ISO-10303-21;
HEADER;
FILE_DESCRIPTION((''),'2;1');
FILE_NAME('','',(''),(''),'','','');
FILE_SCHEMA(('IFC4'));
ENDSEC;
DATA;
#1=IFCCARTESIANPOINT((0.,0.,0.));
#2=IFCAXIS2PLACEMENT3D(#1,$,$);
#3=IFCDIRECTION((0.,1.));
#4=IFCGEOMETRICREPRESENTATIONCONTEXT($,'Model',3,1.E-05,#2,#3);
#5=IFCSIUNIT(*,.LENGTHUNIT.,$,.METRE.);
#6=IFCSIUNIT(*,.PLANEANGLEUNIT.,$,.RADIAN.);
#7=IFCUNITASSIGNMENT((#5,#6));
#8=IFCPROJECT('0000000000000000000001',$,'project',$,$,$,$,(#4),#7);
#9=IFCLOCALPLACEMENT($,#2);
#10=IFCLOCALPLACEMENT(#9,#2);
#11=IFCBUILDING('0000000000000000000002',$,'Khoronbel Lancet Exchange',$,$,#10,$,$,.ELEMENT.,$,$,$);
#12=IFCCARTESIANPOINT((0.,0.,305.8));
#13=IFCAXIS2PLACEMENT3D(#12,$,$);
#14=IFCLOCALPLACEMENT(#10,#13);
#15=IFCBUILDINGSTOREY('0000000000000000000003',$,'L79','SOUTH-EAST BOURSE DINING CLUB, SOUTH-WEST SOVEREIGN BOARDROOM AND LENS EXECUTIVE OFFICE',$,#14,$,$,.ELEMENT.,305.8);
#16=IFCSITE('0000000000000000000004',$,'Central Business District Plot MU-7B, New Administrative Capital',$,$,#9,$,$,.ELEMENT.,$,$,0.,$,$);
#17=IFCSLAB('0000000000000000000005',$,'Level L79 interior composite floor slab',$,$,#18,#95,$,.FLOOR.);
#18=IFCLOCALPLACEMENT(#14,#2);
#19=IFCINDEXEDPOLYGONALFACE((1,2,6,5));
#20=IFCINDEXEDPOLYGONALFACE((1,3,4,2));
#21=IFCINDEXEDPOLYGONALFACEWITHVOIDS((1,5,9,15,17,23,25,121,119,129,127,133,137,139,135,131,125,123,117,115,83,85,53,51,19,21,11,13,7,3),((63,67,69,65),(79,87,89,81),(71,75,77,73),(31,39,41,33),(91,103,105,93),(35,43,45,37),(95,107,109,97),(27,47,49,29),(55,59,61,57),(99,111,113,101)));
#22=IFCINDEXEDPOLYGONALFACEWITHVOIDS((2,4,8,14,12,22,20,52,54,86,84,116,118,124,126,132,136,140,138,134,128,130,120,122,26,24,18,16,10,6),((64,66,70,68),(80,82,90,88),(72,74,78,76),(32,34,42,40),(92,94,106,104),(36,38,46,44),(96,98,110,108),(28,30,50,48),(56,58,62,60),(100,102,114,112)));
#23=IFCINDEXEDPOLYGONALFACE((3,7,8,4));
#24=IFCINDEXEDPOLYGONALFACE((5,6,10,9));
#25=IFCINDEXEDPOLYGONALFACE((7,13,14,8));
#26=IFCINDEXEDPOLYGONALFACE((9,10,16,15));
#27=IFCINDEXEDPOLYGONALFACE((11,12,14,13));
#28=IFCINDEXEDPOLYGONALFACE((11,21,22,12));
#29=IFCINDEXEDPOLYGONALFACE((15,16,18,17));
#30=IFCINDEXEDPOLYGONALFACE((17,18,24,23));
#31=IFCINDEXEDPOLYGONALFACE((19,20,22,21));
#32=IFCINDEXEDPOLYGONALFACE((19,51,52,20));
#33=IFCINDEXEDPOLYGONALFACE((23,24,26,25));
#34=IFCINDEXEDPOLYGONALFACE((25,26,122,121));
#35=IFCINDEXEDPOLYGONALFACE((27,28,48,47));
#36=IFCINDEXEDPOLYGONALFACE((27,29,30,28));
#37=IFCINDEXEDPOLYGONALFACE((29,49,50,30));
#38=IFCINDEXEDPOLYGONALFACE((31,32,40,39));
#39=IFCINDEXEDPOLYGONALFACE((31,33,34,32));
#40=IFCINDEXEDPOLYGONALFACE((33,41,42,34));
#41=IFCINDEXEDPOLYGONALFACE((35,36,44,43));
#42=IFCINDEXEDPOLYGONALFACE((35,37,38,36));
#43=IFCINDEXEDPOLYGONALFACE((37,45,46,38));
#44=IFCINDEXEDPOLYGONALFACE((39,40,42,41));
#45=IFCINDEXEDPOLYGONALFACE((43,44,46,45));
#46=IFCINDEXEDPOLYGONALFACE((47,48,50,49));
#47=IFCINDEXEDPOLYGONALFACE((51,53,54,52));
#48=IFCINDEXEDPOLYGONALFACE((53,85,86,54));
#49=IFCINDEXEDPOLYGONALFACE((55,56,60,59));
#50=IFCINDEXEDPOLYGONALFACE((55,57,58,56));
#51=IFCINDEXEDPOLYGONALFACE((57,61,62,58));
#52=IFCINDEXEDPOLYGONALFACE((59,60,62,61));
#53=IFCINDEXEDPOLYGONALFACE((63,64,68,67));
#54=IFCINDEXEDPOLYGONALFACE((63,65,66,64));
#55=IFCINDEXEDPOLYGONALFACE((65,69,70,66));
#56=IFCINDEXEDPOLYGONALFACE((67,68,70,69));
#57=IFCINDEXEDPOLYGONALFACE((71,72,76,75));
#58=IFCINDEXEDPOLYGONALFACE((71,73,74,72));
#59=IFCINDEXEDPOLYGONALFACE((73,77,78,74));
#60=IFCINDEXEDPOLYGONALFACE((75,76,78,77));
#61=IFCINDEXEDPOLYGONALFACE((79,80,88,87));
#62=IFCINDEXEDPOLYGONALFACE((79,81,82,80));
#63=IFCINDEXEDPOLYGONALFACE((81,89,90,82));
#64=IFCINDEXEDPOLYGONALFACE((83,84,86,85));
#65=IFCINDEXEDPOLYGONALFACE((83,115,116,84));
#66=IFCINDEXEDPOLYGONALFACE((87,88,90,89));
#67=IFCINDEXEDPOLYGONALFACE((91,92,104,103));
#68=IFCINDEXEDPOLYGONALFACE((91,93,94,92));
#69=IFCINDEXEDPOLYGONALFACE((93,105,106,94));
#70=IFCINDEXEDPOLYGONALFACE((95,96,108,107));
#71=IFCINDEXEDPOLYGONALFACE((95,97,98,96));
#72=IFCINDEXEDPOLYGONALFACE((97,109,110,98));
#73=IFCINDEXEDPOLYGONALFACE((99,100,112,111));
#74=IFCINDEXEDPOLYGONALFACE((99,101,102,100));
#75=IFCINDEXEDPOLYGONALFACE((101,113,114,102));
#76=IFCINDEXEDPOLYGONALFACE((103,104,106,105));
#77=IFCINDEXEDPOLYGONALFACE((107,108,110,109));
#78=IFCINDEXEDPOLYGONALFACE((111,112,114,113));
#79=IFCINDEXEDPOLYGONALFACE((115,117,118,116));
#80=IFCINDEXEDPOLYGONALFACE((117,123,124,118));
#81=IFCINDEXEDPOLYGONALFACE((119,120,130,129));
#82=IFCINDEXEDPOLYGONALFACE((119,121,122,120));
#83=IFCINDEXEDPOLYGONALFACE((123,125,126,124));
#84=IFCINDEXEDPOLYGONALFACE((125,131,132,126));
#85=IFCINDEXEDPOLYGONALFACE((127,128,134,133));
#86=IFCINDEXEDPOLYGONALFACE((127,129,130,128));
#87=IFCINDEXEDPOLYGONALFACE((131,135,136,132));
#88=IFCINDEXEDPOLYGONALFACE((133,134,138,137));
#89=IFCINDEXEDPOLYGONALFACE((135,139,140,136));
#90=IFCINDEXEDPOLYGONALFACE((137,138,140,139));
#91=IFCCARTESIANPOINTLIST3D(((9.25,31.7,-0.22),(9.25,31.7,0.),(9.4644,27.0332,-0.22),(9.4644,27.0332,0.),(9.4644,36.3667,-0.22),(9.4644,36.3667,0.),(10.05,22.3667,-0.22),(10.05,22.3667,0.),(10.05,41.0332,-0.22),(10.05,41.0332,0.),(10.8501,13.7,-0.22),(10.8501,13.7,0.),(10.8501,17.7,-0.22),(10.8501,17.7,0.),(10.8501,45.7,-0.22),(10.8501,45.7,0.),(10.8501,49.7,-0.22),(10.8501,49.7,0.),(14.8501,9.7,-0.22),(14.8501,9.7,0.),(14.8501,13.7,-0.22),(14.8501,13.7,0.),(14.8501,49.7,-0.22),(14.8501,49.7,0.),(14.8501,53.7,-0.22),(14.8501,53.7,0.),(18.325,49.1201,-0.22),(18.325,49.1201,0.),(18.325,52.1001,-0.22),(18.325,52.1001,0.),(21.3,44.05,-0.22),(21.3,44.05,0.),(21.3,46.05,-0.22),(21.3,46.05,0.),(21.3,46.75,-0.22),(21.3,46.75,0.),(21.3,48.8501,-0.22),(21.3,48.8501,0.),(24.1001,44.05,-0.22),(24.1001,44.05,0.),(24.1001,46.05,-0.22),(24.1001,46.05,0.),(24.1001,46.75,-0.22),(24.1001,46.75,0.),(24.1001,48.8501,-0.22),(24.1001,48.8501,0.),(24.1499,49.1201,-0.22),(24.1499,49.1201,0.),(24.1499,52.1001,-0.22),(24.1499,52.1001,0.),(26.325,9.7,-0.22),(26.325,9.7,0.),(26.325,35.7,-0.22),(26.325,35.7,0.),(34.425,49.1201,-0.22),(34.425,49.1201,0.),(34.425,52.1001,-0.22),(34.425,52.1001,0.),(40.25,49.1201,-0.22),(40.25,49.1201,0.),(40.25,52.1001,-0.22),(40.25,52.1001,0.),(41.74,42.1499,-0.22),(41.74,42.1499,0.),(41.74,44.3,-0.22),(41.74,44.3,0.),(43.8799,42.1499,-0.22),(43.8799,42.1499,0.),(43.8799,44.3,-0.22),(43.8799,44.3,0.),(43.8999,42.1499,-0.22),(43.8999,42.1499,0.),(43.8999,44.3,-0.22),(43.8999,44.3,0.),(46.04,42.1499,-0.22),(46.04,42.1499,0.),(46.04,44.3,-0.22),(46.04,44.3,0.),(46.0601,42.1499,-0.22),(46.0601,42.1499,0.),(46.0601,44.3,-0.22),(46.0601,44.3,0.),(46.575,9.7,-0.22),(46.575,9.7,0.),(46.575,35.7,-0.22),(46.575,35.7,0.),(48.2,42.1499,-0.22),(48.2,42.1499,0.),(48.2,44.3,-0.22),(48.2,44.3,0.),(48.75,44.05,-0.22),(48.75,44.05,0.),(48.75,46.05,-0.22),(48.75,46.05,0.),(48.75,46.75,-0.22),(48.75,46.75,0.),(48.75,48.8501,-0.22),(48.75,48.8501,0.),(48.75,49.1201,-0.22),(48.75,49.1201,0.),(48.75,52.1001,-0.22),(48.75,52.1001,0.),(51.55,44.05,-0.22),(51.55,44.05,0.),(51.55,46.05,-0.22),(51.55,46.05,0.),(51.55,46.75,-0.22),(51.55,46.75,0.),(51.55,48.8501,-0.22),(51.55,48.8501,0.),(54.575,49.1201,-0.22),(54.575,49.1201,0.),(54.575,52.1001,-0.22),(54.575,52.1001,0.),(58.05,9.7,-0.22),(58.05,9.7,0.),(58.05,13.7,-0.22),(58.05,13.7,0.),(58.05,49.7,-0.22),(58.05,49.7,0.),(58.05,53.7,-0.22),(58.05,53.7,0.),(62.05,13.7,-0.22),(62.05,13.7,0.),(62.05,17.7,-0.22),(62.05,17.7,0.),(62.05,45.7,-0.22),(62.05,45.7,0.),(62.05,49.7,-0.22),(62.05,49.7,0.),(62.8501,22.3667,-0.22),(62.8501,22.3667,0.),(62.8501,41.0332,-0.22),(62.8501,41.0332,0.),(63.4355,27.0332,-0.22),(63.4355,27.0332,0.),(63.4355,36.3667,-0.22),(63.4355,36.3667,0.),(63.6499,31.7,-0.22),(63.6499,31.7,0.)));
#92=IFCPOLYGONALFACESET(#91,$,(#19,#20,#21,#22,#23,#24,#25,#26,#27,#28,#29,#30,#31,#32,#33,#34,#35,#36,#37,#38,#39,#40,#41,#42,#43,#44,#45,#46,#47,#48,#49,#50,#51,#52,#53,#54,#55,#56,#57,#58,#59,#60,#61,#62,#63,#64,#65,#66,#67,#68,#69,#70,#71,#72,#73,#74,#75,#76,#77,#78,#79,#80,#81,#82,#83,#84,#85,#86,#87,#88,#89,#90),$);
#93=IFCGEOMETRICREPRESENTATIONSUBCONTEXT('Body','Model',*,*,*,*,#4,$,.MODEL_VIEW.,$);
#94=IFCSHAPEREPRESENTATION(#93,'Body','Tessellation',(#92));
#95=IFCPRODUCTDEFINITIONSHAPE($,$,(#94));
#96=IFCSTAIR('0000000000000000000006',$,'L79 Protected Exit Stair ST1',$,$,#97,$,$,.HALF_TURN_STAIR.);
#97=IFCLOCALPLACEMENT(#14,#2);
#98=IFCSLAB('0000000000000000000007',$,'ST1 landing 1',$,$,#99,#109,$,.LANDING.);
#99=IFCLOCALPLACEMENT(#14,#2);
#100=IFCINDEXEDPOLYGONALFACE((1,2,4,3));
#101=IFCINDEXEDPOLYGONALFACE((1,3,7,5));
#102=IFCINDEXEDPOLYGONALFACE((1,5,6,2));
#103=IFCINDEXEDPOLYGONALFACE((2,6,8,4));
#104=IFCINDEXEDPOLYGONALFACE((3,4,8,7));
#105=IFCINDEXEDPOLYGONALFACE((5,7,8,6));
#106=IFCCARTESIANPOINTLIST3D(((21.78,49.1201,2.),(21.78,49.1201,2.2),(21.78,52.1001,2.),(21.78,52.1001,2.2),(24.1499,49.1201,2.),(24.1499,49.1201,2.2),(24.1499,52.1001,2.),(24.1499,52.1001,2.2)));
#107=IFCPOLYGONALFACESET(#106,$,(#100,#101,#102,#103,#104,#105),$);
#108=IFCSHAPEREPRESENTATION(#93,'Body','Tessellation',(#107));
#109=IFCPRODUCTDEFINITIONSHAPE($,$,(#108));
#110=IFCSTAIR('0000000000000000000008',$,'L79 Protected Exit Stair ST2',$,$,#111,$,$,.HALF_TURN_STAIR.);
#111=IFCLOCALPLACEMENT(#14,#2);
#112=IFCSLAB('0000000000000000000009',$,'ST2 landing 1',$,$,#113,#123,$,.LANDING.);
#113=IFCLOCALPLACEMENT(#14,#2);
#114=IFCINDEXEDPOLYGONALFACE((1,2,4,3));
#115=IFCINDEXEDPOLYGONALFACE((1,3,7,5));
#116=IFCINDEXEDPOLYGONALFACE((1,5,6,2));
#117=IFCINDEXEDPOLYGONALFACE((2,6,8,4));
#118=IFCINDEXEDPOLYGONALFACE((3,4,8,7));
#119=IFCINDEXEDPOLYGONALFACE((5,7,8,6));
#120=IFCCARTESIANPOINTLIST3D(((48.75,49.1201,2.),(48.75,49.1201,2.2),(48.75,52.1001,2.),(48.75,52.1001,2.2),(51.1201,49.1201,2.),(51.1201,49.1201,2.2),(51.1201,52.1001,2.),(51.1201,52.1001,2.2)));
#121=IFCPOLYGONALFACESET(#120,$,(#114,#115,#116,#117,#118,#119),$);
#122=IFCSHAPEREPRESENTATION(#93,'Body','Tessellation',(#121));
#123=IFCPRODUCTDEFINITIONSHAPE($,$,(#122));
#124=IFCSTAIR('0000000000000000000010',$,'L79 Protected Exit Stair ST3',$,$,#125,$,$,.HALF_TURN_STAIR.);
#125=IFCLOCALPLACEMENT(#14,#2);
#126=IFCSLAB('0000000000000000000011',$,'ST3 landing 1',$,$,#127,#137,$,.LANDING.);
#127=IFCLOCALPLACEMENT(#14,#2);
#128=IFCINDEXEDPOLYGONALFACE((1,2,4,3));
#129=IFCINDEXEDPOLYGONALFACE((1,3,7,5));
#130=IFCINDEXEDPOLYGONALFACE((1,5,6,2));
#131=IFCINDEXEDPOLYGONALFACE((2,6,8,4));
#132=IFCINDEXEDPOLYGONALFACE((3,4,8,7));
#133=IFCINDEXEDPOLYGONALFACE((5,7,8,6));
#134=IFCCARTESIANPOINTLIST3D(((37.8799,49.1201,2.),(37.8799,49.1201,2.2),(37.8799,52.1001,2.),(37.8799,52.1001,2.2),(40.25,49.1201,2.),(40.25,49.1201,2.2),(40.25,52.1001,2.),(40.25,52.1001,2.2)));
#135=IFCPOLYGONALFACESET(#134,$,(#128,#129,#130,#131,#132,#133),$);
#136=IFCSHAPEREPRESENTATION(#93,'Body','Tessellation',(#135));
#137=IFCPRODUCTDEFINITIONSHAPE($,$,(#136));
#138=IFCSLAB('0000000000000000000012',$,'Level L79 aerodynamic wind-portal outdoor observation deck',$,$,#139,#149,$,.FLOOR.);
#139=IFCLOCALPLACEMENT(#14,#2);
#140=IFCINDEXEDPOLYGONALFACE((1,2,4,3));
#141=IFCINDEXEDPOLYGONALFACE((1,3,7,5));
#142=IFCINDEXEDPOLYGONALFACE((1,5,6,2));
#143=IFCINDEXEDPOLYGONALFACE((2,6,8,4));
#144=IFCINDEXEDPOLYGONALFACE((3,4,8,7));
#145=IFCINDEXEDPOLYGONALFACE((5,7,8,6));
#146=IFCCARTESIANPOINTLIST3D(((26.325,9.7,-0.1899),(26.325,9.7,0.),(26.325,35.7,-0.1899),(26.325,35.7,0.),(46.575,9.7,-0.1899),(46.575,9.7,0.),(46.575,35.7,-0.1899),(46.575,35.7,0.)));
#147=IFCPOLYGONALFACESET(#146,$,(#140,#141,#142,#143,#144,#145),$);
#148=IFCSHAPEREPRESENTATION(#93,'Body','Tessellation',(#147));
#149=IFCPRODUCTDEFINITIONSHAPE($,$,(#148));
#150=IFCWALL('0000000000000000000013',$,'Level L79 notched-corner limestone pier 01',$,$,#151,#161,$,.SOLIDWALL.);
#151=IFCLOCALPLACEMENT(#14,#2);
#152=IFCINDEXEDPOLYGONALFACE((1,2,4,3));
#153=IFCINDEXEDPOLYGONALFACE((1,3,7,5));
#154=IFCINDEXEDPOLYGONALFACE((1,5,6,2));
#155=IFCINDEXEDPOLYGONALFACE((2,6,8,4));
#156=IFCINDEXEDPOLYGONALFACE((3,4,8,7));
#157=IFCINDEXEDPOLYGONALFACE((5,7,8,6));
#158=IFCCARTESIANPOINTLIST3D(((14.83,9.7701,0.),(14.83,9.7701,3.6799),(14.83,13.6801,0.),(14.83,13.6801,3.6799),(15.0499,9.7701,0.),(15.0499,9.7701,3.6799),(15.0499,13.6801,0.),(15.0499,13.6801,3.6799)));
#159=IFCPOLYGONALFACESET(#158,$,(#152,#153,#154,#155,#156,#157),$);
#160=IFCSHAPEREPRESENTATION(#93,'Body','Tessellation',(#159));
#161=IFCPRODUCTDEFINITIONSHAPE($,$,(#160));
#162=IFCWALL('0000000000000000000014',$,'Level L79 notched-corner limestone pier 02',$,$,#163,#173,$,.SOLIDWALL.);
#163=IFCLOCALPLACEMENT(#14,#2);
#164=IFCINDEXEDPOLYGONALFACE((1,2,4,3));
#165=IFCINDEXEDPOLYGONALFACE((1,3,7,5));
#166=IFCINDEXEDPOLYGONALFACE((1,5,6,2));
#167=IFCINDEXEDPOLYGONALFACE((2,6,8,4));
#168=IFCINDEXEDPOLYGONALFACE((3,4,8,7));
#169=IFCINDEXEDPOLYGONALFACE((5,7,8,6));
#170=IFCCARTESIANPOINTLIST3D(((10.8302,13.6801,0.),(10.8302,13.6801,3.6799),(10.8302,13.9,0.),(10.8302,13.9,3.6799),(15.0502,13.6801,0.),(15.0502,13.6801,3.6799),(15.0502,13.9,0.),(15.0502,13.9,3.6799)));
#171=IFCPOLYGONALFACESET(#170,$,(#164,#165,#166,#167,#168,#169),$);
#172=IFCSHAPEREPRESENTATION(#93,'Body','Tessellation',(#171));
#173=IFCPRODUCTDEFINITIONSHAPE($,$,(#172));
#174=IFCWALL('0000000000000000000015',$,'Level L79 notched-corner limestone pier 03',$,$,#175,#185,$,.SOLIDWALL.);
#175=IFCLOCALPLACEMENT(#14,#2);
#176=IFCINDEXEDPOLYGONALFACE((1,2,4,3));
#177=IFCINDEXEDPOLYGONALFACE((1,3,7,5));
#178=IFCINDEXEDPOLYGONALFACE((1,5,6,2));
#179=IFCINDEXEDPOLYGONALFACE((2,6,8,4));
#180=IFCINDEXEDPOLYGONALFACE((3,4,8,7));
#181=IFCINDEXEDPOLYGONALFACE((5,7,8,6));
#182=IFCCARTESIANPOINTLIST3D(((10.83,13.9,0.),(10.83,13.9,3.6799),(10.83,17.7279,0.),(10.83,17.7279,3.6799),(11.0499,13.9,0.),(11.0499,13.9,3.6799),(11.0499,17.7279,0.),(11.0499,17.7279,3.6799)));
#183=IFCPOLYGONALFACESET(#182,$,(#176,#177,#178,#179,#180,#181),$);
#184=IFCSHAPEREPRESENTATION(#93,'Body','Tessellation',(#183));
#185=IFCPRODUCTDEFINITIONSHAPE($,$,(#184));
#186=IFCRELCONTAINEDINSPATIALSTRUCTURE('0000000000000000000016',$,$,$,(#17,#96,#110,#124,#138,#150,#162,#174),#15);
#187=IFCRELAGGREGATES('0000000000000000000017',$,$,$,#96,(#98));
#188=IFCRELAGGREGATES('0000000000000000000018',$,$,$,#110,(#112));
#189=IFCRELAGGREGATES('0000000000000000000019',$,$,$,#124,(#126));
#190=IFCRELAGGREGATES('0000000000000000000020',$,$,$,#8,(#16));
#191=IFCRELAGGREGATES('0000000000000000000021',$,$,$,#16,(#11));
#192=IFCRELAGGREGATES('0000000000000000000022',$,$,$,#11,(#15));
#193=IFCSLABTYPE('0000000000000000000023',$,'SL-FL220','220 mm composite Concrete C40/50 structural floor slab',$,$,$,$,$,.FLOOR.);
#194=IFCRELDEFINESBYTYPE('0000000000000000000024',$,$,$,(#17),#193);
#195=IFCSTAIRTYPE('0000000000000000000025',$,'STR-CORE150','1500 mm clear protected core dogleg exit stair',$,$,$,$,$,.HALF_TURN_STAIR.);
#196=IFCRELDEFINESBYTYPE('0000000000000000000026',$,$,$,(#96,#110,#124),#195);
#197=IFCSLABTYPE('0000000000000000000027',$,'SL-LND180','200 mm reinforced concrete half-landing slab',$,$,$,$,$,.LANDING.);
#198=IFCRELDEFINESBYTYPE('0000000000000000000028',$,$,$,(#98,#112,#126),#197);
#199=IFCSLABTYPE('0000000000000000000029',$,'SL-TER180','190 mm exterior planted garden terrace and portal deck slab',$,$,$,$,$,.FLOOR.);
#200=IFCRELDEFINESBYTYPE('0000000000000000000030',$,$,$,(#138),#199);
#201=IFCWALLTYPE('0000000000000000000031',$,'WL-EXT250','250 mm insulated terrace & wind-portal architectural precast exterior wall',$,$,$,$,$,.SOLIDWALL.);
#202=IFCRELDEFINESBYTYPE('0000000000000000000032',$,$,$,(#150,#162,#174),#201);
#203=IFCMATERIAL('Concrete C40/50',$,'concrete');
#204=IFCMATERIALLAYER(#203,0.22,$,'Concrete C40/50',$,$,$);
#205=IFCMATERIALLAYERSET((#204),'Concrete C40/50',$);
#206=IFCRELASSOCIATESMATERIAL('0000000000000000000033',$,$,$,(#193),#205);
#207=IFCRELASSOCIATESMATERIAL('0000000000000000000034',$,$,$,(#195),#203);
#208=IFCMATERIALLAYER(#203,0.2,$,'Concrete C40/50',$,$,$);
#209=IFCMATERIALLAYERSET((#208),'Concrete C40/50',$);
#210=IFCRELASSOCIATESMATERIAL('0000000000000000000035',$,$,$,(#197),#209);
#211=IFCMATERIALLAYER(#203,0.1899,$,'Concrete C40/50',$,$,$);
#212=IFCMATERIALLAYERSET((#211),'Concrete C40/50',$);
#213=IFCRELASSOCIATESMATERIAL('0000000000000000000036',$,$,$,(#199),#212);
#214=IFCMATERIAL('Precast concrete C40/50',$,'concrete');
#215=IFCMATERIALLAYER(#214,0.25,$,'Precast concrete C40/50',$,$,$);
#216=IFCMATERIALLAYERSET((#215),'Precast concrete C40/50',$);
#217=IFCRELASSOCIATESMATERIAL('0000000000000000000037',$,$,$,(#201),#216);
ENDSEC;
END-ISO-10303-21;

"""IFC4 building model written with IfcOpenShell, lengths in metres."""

from ifc_helpers import new_model, si_unit, direction, frame, frame_2d, origin, place, context, subcontext, project, spatial, polyline, rectangle, outline, extrude, material, layer, layer_set, type_object, element, aggregate, save


model = new_model("IFC4")

# Units and contexts
model_context = context("Model", 3, precision=1e-05, world=origin(), true_north=direction((0.0, 1.0)))
body_context = subcontext(model_context, "Body", "Model", "MODEL_VIEW")
ifc_project = project(units=[si_unit("LENGTHUNIT", "METRE"), si_unit("PLANEANGLEUNIT", "RADIAN")], contexts=[model_context])

# Site, building, storey
site_placement = place(None, origin())
site = spatial("IfcSite", under=ifc_project, at=site_placement, Name="Central Business District Plot MU-7B, New Administrative Capital", CompositionType="ELEMENT", RefElevation=0.0)
building_placement = place(site_placement, origin())
building = spatial("IfcBuilding", under=site, at=building_placement, Name="Khoronbel Lancet Exchange", CompositionType="ELEMENT")
storey_placement = place(building_placement, frame((0.0, 0.0, 305.8)))
storey = spatial("IfcBuildingStorey", under=building, at=storey_placement, Name="L79", Description="SOUTH-EAST BOURSE DINING CLUB, SOUTH-WEST SOVEREIGN BOARDROOM AND LENS EXECUTIVE OFFICE", CompositionType="ELEMENT", Elevation=305.8)

# Slab
ifc_material_1 = material(Name="Concrete C40/50", Category="concrete")
ifc_layer_1 = layer(ifc_material_1, 0.22, Name="Concrete C40/50")
ifc_layer_set_1 = layer_set([ifc_layer_1], Name="Concrete C40/50")
slab_type_1 = type_object("IfcSlabType", Name="SL-FL220", Description="220 mm composite Concrete C40/50 structural floor slab", PredefinedType="FLOOR", material=ifc_layer_set_1)
slab_1_placement = place(storey_placement, frame((0.0, 0.0, -0.22)))
element("IfcSlab", 1, at=slab_1_placement, inside=storey, type_object=slab_type_1, Name="Level L79 interior composite floor slab", PredefinedType="FLOOR", context=body_context, shape_type="SweptSolid", body=[
    extrude(outline(polyline([(14.8501, 9.7), (14.8501, 13.7), (10.8501, 13.7), (10.8501, 17.7), (10.05, 22.3667), (9.4644, 27.0332), (9.25, 31.7), (9.4644, 36.3667), (10.05, 41.0332), (10.8501, 45.7), (10.8501, 49.7), (14.8501, 49.7), (14.8501, 53.7), (58.05, 53.7), (58.05, 49.7), (62.05, 49.7), (62.05, 45.7), (62.8501, 41.0332), (63.4355, 36.3667), (63.6499, 31.7), (63.4355, 27.0332), (62.8501, 22.3667), (62.05, 17.7), (62.05, 13.7), (58.05, 13.7), (58.05, 9.7), (46.575, 9.7), (46.575, 35.7), (26.325, 35.7), (26.325, 9.7), (14.8501, 9.7)]), holes=[polyline([(18.325, 49.1201), (24.1499, 49.1201), (24.1499, 52.1001), (18.325, 52.1001), (18.325, 49.1201)]), polyline([(48.75, 49.1201), (54.575, 49.1201), (54.575, 52.1001), (48.75, 52.1001), (48.75, 49.1201)]), polyline([(34.425, 49.1201), (40.25, 49.1201), (40.25, 52.1001), (34.425, 52.1001), (34.425, 49.1201)]), polyline([(41.74, 42.1499), (43.8799, 42.1499), (43.8799, 44.3), (41.74, 44.3), (41.74, 42.1499)]), polyline([(43.8999, 42.1499), (46.04, 42.1499), (46.04, 44.3), (43.8999, 44.3), (43.8999, 42.1499)]), polyline([(46.0601, 42.1499), (48.2, 42.1499), (48.2, 44.3), (46.0601, 44.3), (46.0601, 42.1499)]), polyline([(21.3, 46.75), (24.1001, 46.75), (24.1001, 48.8501), (21.3, 48.8501), (21.3, 46.75)]), polyline([(48.75, 46.75), (51.55, 46.75), (51.55, 48.8501), (48.75, 48.8501), (48.75, 46.75)]), polyline([(21.3, 44.05), (24.1001, 44.05), (24.1001, 46.05), (21.3, 46.05), (21.3, 44.05)]), polyline([(48.75, 44.05), (51.55, 44.05), (51.55, 46.05), (48.75, 46.05), (48.75, 44.05)])]), origin(), (0.0, 0.0, 1.0), 0.22),
])

# Stairs, slabs
stair_type = type_object("IfcStairType", Name="STR-CORE150", Description="1500 mm clear protected core dogleg exit stair", PredefinedType="HALF_TURN_STAIR", material=ifc_material_1)
stair_1_placement = place(storey_placement, origin())
stair_1 = element("IfcStair", 2, at=stair_1_placement, inside=storey, type_object=stair_type, Name="L79 Protected Exit Stair ST1", PredefinedType="HALF_TURN_STAIR")
ifc_layer_2 = layer(ifc_material_1, 0.2, Name="Concrete C40/50")
ifc_layer_set_2 = layer_set([ifc_layer_2], Name="Concrete C40/50")
slab_type_2 = type_object("IfcSlabType", Name="SL-LND180", Description="200 mm reinforced concrete half-landing slab", PredefinedType="LANDING", material=ifc_layer_set_2)
slab_2_placement = place(storey_placement, frame((0.0, 0.0, 2.0)))
slab_2 = element("IfcSlab", 3, at=slab_2_placement, type_object=slab_type_2, Name="ST1 landing 1", PredefinedType="LANDING", context=body_context, shape_type="SweptSolid", body=[
    extrude(outline(polyline([(21.78, 49.1201), (24.1499, 49.1201), (24.1499, 52.1001), (21.78, 52.1001), (21.78, 49.1201)])), origin(), (0.0, 0.0, 1.0), 0.2),
])
aggregate(stair_1, [slab_2])
stair_2_placement = place(storey_placement, origin())
stair_2 = element("IfcStair", 4, at=stair_2_placement, inside=storey, type_object=stair_type, Name="L79 Protected Exit Stair ST2", PredefinedType="HALF_TURN_STAIR")
slab_3_placement = place(storey_placement, frame((0.0, 0.0, 2.0)))
slab_3 = element("IfcSlab", 5, at=slab_3_placement, type_object=slab_type_2, Name="ST2 landing 1", PredefinedType="LANDING", context=body_context, shape_type="SweptSolid", body=[
    extrude(outline(polyline([(51.1201, 52.1001), (48.75, 52.1001), (48.75, 49.1201), (51.1201, 49.1201), (51.1201, 52.1001)])), origin(), (0.0, 0.0, 1.0), 0.2),
])
aggregate(stair_2, [slab_3])
stair_3_placement = place(storey_placement, origin())
stair_3 = element("IfcStair", 6, at=stair_3_placement, inside=storey, type_object=stair_type, Name="L79 Protected Exit Stair ST3", PredefinedType="HALF_TURN_STAIR")
slab_4_placement = place(storey_placement, frame((0.0, 0.0, 2.0)))
slab_4 = element("IfcSlab", 7, at=slab_4_placement, type_object=slab_type_2, Name="ST3 landing 1", PredefinedType="LANDING", context=body_context, shape_type="SweptSolid", body=[
    extrude(outline(polyline([(37.8799, 49.1201), (40.25, 49.1201), (40.25, 52.1001), (37.8799, 52.1001), (37.8799, 49.1201)])), origin(), (0.0, 0.0, 1.0), 0.2),
])
aggregate(stair_3, [slab_4])

# Slab
ifc_layer_3 = layer(ifc_material_1, 0.1899, Name="Concrete C40/50")
ifc_layer_set_3 = layer_set([ifc_layer_3], Name="Concrete C40/50")
slab_type_3 = type_object("IfcSlabType", Name="SL-TER180", Description="190 mm exterior planted garden terrace and portal deck slab", PredefinedType="FLOOR", material=ifc_layer_set_3)
slab_5_placement = place(storey_placement, frame((0.0, 0.0, -0.1899)))
element("IfcSlab", 8, at=slab_5_placement, inside=storey, type_object=slab_type_3, Name="Level L79 aerodynamic wind-portal outdoor observation deck", PredefinedType="FLOOR", context=body_context, shape_type="SweptSolid", body=[
    extrude(outline(polyline([(26.325, 9.7), (46.575, 9.7), (46.575, 35.7), (26.325, 35.7), (26.325, 9.7)])), origin(), (0.0, 0.0, 1.0), 0.1899),
])

# Walls
ifc_material_2 = material(Name="Precast concrete C40/50", Category="concrete")
ifc_layer_4 = layer(ifc_material_2, 0.25, Name="Precast concrete C40/50")
ifc_layer_set_4 = layer_set([ifc_layer_4], Name="Precast concrete C40/50")
wall_type_1 = type_object("IfcWallType", Name="WL-EXT250", Description="250 mm insulated terrace & wind-portal architectural precast exterior wall", PredefinedType="SOLIDWALL", material=ifc_layer_set_4)
wall_1_placement = place(storey_placement, frame((14.9399, 9.77, 0.0), z_axis=(0.0, 0.0, 1.0), x_axis=(0.0, 1.0, 0.0)))
element("IfcWall", 9, at=wall_1_placement, inside=storey, type_object=wall_type_1, Name="Level L79 notched-corner limestone pier 01", PredefinedType="SOLIDWALL", context=body_context, shape_type="SweptSolid", body=[
    extrude(rectangle(XDim=3.9099, YDim=0.22, at=frame_2d((1.9551, 0.0))), origin(), (0.0, 0.0, 1.0), 3.6799),
])
wall_2_placement = place(storey_placement, frame((15.05, 13.79, 0.0), z_axis=(0.0, 0.0, 1.0), x_axis=(-1.0, 0.0, 0.0)))
element("IfcWall", 10, at=wall_2_placement, inside=storey, type_object=wall_type_1, Name="Level L79 notched-corner limestone pier 02", PredefinedType="SOLIDWALL", context=body_context, shape_type="SweptSolid", body=[
    extrude(rectangle(XDim=4.22, YDim=0.22, at=frame_2d((2.1099, 0.0))), origin(), (0.0, 0.0, 1.0), 3.6799),
])
wall_3_placement = place(storey_placement, frame((10.9399, 13.8999, 0.0), z_axis=(0.0, 0.0, 1.0), x_axis=(0.0, 1.0, 0.0)))
element("IfcWall", 11, at=wall_3_placement, inside=storey, type_object=wall_type_1, Name="Level L79 notched-corner limestone pier 03", PredefinedType="SOLIDWALL", context=body_context, shape_type="SweptSolid", body=[
    extrude(rectangle(XDim=3.8279, YDim=0.22, at=frame_2d((1.9141, 0.0))), origin(), (0.0, 0.0, 1.0), 3.6799),
])

save(model, "model.ifc")
